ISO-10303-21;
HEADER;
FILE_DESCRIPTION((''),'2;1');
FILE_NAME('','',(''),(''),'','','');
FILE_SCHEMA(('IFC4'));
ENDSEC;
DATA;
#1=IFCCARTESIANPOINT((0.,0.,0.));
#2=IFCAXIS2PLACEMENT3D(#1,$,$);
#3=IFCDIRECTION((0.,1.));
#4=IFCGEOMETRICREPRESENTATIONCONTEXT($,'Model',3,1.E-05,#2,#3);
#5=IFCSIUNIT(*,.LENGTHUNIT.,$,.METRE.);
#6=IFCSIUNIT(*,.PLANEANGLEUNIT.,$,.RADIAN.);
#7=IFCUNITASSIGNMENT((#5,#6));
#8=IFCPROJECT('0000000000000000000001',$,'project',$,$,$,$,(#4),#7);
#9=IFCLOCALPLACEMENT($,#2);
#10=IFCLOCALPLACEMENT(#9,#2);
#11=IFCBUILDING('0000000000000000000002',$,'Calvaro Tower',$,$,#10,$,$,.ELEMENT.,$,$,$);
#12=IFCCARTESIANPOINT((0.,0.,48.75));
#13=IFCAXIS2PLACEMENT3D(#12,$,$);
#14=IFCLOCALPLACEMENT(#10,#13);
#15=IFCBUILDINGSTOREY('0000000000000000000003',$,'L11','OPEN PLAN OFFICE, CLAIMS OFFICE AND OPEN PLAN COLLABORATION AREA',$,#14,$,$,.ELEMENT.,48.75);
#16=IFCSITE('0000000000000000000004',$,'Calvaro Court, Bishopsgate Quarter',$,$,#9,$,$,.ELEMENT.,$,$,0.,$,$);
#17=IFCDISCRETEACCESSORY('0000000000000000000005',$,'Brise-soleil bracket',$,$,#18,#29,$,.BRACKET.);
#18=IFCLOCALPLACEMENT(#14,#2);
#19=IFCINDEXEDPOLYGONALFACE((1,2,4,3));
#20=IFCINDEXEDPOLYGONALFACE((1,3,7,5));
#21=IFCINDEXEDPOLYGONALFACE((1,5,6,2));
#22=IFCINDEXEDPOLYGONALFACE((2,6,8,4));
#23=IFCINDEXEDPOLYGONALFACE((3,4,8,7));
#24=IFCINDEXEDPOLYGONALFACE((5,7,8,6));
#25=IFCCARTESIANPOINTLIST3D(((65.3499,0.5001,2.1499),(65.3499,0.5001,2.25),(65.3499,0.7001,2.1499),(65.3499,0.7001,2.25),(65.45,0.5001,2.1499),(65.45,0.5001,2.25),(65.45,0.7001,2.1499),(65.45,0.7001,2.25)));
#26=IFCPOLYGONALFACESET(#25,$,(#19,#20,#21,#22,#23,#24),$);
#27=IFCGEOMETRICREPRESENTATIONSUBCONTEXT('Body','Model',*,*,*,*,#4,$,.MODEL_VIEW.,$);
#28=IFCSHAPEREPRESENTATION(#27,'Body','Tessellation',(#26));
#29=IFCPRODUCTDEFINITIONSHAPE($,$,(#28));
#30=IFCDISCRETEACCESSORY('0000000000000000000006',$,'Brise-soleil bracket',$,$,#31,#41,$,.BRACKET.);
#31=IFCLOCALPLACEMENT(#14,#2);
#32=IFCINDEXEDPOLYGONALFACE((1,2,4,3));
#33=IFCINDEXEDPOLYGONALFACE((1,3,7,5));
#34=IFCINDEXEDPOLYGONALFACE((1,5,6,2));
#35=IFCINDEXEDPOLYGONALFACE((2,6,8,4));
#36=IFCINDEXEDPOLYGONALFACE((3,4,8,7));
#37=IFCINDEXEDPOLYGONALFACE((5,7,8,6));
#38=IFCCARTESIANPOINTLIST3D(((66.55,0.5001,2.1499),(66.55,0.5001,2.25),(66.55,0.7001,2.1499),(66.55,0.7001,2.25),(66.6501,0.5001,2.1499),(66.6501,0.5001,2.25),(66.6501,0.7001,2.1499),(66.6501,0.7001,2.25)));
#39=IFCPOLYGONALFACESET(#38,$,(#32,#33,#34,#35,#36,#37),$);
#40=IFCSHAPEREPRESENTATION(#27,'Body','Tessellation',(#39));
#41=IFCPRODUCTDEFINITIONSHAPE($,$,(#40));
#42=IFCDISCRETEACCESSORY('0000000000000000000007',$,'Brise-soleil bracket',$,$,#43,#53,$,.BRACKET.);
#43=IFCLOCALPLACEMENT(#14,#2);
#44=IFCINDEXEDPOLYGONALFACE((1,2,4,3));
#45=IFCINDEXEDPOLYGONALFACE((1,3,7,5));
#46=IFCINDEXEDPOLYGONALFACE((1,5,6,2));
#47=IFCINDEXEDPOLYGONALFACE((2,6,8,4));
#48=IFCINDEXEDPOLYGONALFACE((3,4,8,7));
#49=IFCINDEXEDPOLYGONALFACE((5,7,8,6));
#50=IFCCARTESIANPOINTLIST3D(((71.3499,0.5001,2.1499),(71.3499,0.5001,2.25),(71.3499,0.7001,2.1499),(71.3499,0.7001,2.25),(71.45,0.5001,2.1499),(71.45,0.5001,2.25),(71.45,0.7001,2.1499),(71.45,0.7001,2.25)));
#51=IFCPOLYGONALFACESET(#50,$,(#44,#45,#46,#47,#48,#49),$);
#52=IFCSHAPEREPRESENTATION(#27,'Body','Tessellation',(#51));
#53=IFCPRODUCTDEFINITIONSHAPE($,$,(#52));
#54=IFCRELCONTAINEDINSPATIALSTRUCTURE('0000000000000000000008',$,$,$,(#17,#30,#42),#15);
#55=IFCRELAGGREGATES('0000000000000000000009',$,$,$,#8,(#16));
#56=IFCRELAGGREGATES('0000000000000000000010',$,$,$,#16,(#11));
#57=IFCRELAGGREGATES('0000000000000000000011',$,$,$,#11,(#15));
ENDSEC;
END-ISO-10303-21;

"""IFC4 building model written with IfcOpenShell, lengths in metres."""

from ifc_helpers import new_model, si_unit, direction, frame, origin, origin_2d, place, context, subcontext, project, spatial, rectangle, extrude, element, save


model = new_model("IFC4")

# Units and contexts
model_context = context("Model", 3, precision=1e-05, world=origin(), true_north=direction((0.0, 1.0)))
body_context = subcontext(model_context, "Body", "Model", "MODEL_VIEW")
ifc_project = project(units=[si_unit("LENGTHUNIT", "METRE"), si_unit("PLANEANGLEUNIT", "RADIAN")], contexts=[model_context])

# Site, building, storey
site_placement = place(None, origin())
site = spatial("IfcSite", under=ifc_project, at=site_placement, Name="Calvaro Court, Bishopsgate Quarter", CompositionType="ELEMENT", RefElevation=0.0)
building_placement = place(site_placement, origin())
building = spatial("IfcBuilding", under=site, at=building_placement, Name="Calvaro Tower", CompositionType="ELEMENT")
storey_placement = place(building_placement, frame((0.0, 0.0, 48.75)))
storey = spatial("IfcBuildingStorey", under=building, at=storey_placement, Name="L11", Description="OPEN PLAN OFFICE, CLAIMS OFFICE AND OPEN PLAN COLLABORATION AREA", CompositionType="ELEMENT", Elevation=48.75)

# Discrete accessories
for number, where, z_axis, x_axis, name in (
    (1, (65.3999, 0.6001, 2.1499), (0.0, 0.0, 1.0), (1.0, 0.0, 0.0), "Brise-soleil bracket"),
    (2, (66.6001, 0.6001, 2.1499), (0.0, 0.0, 1.0), (1.0, 0.0, 0.0), "Brise-soleil bracket"),
    (3, (71.3999, 0.6001, 2.1499), (0.0, 0.0, 1.0), (1.0, 0.0, 0.0), "Brise-soleil bracket"),
):
    element("IfcDiscreteAccessory", number, at=place(storey_placement, frame(where, z_axis=z_axis, x_axis=x_axis)), inside=storey, Name=name, PredefinedType="BRACKET", context=body_context, shape_type="SweptSolid", body=[
        extrude(rectangle(XDim=0.1001, YDim=0.2, at=origin_2d()), origin(), (0.0, 0.0, 1.0), 0.1001),
    ])

save(model, "model.ifc")
